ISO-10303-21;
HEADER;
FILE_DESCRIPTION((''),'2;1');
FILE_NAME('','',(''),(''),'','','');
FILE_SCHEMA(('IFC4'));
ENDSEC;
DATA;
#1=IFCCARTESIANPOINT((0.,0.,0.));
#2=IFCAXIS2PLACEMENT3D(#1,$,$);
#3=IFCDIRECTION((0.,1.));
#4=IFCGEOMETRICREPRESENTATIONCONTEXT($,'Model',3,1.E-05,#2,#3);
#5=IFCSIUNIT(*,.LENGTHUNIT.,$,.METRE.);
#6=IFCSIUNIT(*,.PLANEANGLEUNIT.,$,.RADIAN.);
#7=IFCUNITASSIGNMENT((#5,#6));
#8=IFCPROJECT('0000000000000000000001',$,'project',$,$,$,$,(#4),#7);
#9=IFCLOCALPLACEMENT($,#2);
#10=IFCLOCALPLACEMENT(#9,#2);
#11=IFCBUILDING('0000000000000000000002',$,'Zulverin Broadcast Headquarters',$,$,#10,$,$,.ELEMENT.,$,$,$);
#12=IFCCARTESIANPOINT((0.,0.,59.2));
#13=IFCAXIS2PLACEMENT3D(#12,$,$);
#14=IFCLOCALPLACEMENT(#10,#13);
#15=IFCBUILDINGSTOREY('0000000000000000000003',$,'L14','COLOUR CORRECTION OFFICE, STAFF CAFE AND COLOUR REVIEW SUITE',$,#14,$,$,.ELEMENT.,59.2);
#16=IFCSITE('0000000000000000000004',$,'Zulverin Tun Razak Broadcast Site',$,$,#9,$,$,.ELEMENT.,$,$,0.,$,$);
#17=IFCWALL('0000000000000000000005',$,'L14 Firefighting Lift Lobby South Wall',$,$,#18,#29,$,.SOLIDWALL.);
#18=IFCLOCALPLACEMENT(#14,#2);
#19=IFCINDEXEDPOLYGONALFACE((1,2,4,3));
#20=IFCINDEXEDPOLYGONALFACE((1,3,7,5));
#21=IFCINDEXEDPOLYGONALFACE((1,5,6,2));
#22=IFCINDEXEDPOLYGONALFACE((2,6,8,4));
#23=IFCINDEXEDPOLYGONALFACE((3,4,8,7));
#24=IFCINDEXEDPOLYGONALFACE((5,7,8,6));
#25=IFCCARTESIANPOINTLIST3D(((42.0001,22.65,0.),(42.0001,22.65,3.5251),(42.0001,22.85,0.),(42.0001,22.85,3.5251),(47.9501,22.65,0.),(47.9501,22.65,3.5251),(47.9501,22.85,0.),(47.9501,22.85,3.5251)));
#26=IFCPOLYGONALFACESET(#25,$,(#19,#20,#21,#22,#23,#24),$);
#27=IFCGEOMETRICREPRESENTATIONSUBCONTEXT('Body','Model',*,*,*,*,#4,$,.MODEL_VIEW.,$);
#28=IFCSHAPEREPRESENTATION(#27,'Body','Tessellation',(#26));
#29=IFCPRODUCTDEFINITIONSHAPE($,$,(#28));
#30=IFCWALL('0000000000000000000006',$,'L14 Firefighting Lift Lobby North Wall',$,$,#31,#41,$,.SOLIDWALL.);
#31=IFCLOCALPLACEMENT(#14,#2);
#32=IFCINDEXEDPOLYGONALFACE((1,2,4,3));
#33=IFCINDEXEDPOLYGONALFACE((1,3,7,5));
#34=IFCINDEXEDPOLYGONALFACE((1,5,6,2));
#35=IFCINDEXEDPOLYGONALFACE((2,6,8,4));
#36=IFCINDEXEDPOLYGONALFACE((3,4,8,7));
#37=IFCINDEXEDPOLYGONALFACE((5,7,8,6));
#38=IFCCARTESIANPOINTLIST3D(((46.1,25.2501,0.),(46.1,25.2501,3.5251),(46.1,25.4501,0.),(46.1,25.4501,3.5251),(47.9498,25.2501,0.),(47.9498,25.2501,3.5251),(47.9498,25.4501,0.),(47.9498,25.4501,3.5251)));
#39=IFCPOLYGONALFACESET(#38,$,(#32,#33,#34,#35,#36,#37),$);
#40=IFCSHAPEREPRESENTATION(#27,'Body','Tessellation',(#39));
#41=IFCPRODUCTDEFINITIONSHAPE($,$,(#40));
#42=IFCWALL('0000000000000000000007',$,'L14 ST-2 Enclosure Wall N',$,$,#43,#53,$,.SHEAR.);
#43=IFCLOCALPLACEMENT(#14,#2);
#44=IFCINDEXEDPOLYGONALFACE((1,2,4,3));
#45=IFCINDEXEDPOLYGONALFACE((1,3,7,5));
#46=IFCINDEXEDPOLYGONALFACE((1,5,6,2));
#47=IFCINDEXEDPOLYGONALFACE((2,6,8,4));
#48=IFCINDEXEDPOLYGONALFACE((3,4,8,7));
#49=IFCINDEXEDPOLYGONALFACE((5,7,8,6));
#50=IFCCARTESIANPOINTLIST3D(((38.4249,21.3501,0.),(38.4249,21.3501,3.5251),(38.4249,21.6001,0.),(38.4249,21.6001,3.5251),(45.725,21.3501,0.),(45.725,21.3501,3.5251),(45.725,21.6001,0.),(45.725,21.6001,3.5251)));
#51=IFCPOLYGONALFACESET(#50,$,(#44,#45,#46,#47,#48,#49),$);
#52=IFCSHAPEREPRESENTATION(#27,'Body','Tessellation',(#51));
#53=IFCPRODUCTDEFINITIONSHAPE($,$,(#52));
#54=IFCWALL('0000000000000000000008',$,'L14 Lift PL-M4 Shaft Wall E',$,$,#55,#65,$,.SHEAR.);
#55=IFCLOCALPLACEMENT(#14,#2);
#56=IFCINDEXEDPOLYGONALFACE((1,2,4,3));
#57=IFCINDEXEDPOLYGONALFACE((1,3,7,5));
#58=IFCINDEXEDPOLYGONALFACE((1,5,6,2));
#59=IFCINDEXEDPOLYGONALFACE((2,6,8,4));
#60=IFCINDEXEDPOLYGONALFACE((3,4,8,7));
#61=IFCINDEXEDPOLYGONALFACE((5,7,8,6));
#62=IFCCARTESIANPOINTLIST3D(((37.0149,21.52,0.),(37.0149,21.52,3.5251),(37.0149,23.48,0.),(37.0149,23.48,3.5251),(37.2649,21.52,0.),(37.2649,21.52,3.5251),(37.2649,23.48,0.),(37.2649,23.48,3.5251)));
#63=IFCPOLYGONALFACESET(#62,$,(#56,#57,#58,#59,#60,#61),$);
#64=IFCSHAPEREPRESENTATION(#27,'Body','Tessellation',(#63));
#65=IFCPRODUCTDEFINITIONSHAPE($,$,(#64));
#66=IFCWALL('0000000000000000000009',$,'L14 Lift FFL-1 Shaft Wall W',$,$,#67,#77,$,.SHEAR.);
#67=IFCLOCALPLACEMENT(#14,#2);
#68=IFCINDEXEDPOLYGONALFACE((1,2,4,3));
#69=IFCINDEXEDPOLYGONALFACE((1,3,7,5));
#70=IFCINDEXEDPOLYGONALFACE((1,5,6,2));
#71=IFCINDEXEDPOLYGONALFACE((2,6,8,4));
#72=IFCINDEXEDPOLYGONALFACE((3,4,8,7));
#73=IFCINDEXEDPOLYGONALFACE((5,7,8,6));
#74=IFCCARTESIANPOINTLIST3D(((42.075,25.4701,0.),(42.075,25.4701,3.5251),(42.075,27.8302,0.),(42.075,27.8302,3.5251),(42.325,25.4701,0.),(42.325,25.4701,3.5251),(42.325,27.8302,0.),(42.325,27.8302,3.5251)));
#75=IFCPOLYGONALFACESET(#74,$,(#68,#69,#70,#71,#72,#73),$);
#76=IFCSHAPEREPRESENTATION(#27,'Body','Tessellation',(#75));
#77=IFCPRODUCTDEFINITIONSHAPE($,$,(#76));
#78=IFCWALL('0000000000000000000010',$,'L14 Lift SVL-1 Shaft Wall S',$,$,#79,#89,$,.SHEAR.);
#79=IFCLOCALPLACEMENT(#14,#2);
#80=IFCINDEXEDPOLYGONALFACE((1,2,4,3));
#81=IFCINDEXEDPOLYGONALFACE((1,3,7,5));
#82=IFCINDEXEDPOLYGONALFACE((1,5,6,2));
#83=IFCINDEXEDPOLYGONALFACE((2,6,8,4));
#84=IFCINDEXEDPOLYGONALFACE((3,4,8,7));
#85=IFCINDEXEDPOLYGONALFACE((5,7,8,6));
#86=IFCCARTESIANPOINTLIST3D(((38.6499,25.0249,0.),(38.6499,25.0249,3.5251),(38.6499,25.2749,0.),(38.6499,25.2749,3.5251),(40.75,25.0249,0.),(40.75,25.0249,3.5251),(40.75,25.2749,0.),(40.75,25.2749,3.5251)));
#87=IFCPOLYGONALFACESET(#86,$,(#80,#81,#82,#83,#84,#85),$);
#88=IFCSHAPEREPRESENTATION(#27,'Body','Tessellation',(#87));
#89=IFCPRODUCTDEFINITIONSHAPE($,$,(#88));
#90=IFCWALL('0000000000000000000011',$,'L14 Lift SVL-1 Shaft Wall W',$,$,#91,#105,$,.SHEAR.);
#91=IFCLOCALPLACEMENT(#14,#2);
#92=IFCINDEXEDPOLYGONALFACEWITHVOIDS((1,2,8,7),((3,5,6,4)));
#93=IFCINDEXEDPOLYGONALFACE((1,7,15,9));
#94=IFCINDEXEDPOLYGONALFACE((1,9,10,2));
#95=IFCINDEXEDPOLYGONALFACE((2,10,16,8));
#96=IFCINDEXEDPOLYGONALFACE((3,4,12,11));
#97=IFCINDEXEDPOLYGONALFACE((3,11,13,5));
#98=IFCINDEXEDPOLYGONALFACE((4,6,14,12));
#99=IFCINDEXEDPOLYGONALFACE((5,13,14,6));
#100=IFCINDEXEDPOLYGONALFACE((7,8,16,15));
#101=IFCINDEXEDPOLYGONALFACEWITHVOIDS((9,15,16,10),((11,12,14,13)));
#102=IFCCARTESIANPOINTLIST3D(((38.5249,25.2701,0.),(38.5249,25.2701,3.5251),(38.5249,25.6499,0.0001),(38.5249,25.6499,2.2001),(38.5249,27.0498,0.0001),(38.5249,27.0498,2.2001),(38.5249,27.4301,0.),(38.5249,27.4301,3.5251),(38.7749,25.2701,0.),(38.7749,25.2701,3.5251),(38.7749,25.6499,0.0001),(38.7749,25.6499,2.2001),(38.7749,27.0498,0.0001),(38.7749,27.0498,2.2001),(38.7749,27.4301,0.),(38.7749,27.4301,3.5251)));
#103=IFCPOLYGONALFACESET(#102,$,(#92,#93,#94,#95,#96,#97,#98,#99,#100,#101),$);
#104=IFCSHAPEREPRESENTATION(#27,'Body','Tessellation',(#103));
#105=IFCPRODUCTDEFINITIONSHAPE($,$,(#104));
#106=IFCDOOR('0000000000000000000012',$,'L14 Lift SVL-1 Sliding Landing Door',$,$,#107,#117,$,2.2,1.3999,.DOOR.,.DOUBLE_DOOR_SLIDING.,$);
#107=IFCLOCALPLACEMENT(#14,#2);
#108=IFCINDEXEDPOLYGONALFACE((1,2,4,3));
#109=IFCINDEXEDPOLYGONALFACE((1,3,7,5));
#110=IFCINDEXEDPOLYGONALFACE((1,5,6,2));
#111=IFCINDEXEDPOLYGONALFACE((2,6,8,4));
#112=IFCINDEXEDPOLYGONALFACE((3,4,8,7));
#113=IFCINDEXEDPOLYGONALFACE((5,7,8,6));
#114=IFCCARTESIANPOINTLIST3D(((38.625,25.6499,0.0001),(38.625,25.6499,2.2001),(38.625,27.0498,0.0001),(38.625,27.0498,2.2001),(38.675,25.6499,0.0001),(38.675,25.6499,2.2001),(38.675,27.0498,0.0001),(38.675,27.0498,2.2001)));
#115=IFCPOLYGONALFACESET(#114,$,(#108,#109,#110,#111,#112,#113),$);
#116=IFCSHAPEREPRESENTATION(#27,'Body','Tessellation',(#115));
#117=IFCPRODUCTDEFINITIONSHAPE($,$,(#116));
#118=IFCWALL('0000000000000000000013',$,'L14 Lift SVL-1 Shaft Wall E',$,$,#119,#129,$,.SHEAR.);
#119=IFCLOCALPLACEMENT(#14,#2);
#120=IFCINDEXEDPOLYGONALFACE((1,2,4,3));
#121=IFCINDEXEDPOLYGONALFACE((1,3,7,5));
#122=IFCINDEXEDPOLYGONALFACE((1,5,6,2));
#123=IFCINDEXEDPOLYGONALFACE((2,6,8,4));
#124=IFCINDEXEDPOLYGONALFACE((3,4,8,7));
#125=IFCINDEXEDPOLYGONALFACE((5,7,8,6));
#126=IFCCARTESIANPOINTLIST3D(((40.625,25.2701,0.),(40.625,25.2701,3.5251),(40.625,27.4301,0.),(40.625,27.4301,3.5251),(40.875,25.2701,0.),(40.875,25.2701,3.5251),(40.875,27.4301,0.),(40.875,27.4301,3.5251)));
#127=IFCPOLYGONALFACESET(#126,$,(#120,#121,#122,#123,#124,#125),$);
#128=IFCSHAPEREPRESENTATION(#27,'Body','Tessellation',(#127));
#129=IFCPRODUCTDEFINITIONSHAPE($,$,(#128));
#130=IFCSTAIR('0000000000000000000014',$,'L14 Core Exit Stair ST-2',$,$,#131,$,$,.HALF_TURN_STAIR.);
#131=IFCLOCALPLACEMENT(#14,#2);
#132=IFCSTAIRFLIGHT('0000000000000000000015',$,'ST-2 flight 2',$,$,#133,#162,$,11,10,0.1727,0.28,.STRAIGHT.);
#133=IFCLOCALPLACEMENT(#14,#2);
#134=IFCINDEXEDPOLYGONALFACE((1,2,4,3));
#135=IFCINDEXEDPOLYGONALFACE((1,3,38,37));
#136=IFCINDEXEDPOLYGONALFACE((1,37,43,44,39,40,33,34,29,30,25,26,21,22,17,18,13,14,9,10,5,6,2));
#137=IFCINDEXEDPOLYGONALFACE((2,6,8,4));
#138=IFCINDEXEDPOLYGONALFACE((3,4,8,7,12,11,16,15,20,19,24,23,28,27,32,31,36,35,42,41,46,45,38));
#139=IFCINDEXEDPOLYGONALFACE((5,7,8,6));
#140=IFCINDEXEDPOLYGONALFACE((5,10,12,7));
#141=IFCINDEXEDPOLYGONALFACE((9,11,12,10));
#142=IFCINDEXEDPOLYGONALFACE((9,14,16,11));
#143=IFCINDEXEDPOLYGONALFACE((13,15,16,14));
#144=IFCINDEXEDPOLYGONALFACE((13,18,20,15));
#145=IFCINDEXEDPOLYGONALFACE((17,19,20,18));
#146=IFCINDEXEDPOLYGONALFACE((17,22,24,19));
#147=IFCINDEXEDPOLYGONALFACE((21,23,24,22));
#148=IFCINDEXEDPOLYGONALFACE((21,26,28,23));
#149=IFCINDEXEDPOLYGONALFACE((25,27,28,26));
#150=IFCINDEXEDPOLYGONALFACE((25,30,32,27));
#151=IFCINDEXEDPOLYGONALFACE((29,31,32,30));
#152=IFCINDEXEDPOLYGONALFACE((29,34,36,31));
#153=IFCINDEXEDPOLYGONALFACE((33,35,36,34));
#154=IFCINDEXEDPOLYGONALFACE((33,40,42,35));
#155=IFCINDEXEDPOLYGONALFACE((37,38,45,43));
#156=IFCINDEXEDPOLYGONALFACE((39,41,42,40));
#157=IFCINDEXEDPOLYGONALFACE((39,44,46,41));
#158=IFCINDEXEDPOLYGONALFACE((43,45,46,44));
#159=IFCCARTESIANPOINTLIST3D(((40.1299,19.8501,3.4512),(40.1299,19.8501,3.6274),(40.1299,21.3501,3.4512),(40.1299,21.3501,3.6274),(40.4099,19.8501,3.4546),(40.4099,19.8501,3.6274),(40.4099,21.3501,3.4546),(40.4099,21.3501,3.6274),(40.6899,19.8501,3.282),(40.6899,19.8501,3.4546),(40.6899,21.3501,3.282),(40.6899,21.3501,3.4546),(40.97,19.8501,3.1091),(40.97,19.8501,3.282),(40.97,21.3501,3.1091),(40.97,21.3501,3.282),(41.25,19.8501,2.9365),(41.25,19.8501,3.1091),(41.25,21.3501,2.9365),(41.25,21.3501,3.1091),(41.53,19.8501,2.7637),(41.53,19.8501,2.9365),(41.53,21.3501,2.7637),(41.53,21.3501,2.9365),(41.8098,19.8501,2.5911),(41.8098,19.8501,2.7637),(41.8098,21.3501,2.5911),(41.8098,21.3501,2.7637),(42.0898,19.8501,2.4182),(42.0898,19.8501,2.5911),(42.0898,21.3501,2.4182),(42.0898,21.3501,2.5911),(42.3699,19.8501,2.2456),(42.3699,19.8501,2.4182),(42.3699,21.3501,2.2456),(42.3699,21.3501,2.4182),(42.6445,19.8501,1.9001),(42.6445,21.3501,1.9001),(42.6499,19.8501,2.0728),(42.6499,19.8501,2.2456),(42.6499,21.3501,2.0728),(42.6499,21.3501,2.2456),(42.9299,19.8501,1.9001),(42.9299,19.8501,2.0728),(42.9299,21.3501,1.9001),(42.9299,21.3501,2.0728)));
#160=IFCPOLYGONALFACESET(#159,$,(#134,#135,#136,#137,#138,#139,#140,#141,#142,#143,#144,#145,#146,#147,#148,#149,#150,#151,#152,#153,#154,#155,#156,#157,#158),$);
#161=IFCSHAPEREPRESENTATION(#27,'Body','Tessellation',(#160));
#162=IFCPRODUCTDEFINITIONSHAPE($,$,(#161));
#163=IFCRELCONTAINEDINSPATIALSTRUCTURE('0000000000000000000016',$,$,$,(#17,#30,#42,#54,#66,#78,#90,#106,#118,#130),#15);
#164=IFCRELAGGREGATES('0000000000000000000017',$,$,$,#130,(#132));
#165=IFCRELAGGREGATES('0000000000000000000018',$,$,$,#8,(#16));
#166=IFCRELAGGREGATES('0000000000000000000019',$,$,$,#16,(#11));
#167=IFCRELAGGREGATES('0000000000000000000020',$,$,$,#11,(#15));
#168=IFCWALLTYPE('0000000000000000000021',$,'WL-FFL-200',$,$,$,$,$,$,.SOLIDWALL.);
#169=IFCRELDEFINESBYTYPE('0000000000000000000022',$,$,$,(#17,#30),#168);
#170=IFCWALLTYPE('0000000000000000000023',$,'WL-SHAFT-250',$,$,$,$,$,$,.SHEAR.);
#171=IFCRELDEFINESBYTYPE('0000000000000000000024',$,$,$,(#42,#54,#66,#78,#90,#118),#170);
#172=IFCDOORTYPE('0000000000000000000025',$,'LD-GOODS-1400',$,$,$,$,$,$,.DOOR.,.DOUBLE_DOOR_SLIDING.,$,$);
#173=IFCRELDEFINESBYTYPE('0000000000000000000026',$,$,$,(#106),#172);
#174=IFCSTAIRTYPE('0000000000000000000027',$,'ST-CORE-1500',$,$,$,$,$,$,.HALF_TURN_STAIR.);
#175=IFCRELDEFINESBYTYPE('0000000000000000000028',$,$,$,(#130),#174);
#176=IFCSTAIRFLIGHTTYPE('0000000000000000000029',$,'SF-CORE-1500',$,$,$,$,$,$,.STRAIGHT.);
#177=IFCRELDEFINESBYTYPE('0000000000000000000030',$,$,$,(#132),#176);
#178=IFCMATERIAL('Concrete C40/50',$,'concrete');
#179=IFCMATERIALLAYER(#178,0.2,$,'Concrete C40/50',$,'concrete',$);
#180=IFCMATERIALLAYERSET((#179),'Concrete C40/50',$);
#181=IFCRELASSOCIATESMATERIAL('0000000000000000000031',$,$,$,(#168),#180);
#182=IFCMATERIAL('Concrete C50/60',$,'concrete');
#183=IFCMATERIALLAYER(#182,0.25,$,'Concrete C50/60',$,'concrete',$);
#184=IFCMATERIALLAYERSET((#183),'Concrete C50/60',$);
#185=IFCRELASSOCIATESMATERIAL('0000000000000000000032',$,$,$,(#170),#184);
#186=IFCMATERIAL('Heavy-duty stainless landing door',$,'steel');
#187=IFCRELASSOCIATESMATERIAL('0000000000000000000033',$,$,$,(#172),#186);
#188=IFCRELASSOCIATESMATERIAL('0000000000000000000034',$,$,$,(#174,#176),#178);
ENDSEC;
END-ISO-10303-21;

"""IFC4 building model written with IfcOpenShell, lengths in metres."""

from ifc_helpers import new_model, si_unit, direction, frame, frame_2d, origin, place, context, subcontext, project, spatial, polyline, rectangle, outline, extrude, material, layer, layer_set, type_object, element, fill, aggregate, save


model = new_model("IFC4")

# Units and contexts
model_context = context("Model", 3, precision=1e-05, world=origin(), true_north=direction((0.0, 1.0)))
body_context = subcontext(model_context, "Body", "Model", "MODEL_VIEW")
ifc_project = project(units=[si_unit("LENGTHUNIT", "METRE"), si_unit("PLANEANGLEUNIT", "RADIAN")], contexts=[model_context])

# Site, building, storey
site_placement = place(None, origin())
site = spatial("IfcSite", under=ifc_project, at=site_placement, Name="Zulverin Tun Razak Broadcast Site", CompositionType="ELEMENT", RefElevation=0.0)
building_placement = place(site_placement, origin())
building = spatial("IfcBuilding", under=site, at=building_placement, Name="Zulverin Broadcast Headquarters", CompositionType="ELEMENT")
storey_placement = place(building_placement, frame((0.0, 0.0, 59.2)))
storey = spatial("IfcBuildingStorey", under=building, at=storey_placement, Name="L14", Description="COLOUR CORRECTION OFFICE, STAFF CAFE AND COLOUR REVIEW SUITE", CompositionType="ELEMENT", Elevation=59.2)

# Shared definitions
ifc_material_1 = material(Name="Concrete C40/50", Category="concrete")
ifc_layer_1 = layer(ifc_material_1, 0.2, Name="Concrete C40/50", Category="concrete")
ifc_layer_set_1 = layer_set([ifc_layer_1], Name="Concrete C40/50")
wall_type_1 = type_object("IfcWallType", Name="WL-FFL-200", PredefinedType="SOLIDWALL", material=ifc_layer_set_1)

# Walls
wall_1_placement = place(storey_placement, frame((42.0, 22.75, 0.0), z_axis=(0.0, 0.0, 1.0), x_axis=(1.0, 0.0, 0.0)))
element("IfcWall", 1, at=wall_1_placement, inside=storey, type_object=wall_type_1, Name="L14 Firefighting Lift Lobby South Wall", PredefinedType="SOLIDWALL", context=body_context, shape_type="SweptSolid", body=[
    extrude(rectangle(XDim=5.95, YDim=0.2, at=frame_2d((2.9751, 0.0))), origin(), (0.0, 0.0, 1.0), 3.5251),
])
wall_2_placement = place(storey_placement, frame((46.1001, 25.3501, 0.0), z_axis=(0.0, 0.0, 1.0), x_axis=(1.0, 0.0, 0.0)))
element("IfcWall", 2, at=wall_2_placement, inside=storey, type_object=wall_type_1, Name="L14 Firefighting Lift Lobby North Wall", PredefinedType="SOLIDWALL", context=body_context, shape_type="SweptSolid", body=[
    extrude(rectangle(XDim=1.8499, YDim=0.2, at=frame_2d((0.9248, 0.0))), origin(), (0.0, 0.0, 1.0), 3.5251),
])
ifc_material_2 = material(Name="Concrete C50/60", Category="concrete")
ifc_layer_2 = layer(ifc_material_2, 0.25, Name="Concrete C50/60", Category="concrete")
ifc_layer_set_2 = layer_set([ifc_layer_2], Name="Concrete C50/60")
wall_type_2 = type_object("IfcWallType", Name="WL-SHAFT-250", PredefinedType="SHEAR", material=ifc_layer_set_2)
wall_3_placement = place(storey_placement, frame((38.425, 21.4751, 0.0), z_axis=(0.0, 0.0, 1.0), x_axis=(1.0, 0.0, 0.0)))
element("IfcWall", 3, at=wall_3_placement, inside=storey, type_object=wall_type_2, Name="L14 ST-2 Enclosure Wall N", PredefinedType="SHEAR", context=body_context, shape_type="SweptSolid", body=[
    extrude(rectangle(XDim=7.3, YDim=0.25, at=frame_2d((3.6499, 0.0))), origin(), (0.0, 0.0, 1.0), 3.5251),
])
wall_4_placement = place(storey_placement, frame((37.1399, 21.52, 0.0), z_axis=(0.0, 0.0, 1.0), x_axis=(0.0, 1.0, 0.0)))
element("IfcWall", 4, at=wall_4_placement, inside=storey, type_object=wall_type_2, Name="L14 Lift PL-M4 Shaft Wall E", PredefinedType="SHEAR", context=body_context, shape_type="SweptSolid", body=[
    extrude(rectangle(XDim=1.96, YDim=0.25, at=frame_2d((0.98, 0.0))), origin(), (0.0, 0.0, 1.0), 3.5251),
])

# Wall
wall_5_placement = place(storey_placement, frame((42.2, 25.47, 0.0), z_axis=(0.0, 0.0, 1.0), x_axis=(0.0, 1.0, 0.0)))
element("IfcWall", 5, at=wall_5_placement, inside=storey, type_object=wall_type_2, Name="L14 Lift FFL-1 Shaft Wall W", PredefinedType="SHEAR", context=body_context, shape_type="SweptSolid", body=[
    extrude(rectangle(XDim=2.3601, YDim=0.25, at=frame_2d((1.1802, 0.0))), origin(), (0.0, 0.0, 1.0), 3.5251),
])

# Wall
wall_6_placement = place(storey_placement, frame((38.6499, 25.1499, 0.0), z_axis=(0.0, 0.0, 1.0), x_axis=(1.0, 0.0, 0.0)))
element("IfcWall", 6, at=wall_6_placement, inside=storey, type_object=wall_type_2, Name="L14 Lift SVL-1 Shaft Wall S", PredefinedType="SHEAR", context=body_context, shape_type="SweptSolid", body=[
    extrude(rectangle(XDim=2.1001, YDim=0.25, at=frame_2d((1.05, 0.0))), origin(), (0.0, 0.0, 1.0), 3.5251),
])

# Wall, opening, door
wall_7_placement = place(storey_placement, frame((38.6499, 25.27, 0.0), z_axis=(0.0, 0.0, 1.0), x_axis=(0.0, 1.0, 0.0)))
wall_7 = element("IfcWall", 7, at=wall_7_placement, inside=storey, type_object=wall_type_2, Name="L14 Lift SVL-1 Shaft Wall W", PredefinedType="SHEAR", context=body_context, shape_type="SweptSolid", body=[
    extrude(rectangle(XDim=2.1599, YDim=0.25, at=frame_2d((1.0801, 0.0))), origin(), (0.0, 0.0, 1.0), 3.5251),
])
opening_1_placement = place(wall_7_placement, frame((0.3799, 0.0, 0.0)))
opening_1 = element("IfcOpeningElement", 8, at=opening_1_placement, cuts=wall_7, PredefinedType="OPENING", context=body_context, shape_type="SweptSolid", body=[
    extrude(rectangle(XDim=1.3999, YDim=2.2, at=frame_2d((0.7, 1.1001))), frame((0.0, 0.135, 0.0), z_axis=(0.0, -1.0, 0.0), x_axis=(1.0, 0.0, 0.0)), (0.0, 0.0, 1.0), 0.27),
])
ifc_material_3 = material(Name="Heavy-duty stainless landing door", Category="steel")
door_type_1 = type_object("IfcDoorType", Name="LD-GOODS-1400", OperationType="DOUBLE_DOOR_SLIDING", PredefinedType="DOOR", material=ifc_material_3)
door_1_placement = place(opening_1_placement, origin())
door_1 = element("IfcDoor", 9, at=door_1_placement, inside=storey, type_object=door_type_1, Name="L14 Lift SVL-1 Sliding Landing Door", OperationType="DOUBLE_DOOR_SLIDING", OverallHeight=2.2, OverallWidth=1.3999, PredefinedType="DOOR", context=body_context, shape_type="SweptSolid", body=[
    extrude(rectangle(XDim=1.3999, YDim=2.2, at=frame_2d((0.7, 1.1001))), frame((0.0, 0.0249, 0.0), z_axis=(0.0, -1.0, 0.0), x_axis=(1.0, 0.0, 0.0)), (0.0, 0.0, 1.0), 0.05),
])
fill(opening_1, door_1)

# Wall
wall_8_placement = place(storey_placement, frame((40.75, 25.27, 0.0), z_axis=(0.0, 0.0, 1.0), x_axis=(0.0, 1.0, 0.0)))
element("IfcWall", 10, at=wall_8_placement, inside=storey, type_object=wall_type_2, Name="L14 Lift SVL-1 Shaft Wall E", PredefinedType="SHEAR", context=body_context, shape_type="SweptSolid", body=[
    extrude(rectangle(XDim=2.1599, YDim=0.25, at=frame_2d((1.0801, 0.0))), origin(), (0.0, 0.0, 1.0), 3.5251),
])

# Stair, stair flight
stair_type = type_object("IfcStairType", Name="ST-CORE-1500", PredefinedType="HALF_TURN_STAIR", material=ifc_material_1)
stair_placement = place(storey_placement, origin())
stair = element("IfcStair", 11, at=stair_placement, inside=storey, type_object=stair_type, Name="L14 Core Exit Stair ST-2", PredefinedType="HALF_TURN_STAIR")
stair_flight_type = type_object("IfcStairFlightType", Name="SF-CORE-1500", PredefinedType="STRAIGHT", material=ifc_material_1)
stair_flight_placement = place(storey_placement, frame((42.9299, 20.6001, 1.9001), z_axis=(0.0, 0.0, 1.0), x_axis=(-1.0, 0.0, 0.0)))
stair_flight = element("IfcStairFlight", 12, at=stair_flight_placement, type_object=stair_flight_type, Name="ST-2 flight 2", NumberOfRisers=11, NumberOfTreads=10, PredefinedType="STRAIGHT", RiserHeight=0.1727, TreadLength=0.28, context=body_context, shape_type="SweptSolid", body=[
    extrude(outline(polyline([(0.0, 0.0), (0.0, 0.1726), (0.28, 0.1726), (0.28, 0.3455), (0.5601, 0.3455), (0.5601, 0.5181), (0.8401, 0.5181), (0.8401, 0.6909), (1.1201, 0.6909), (1.1201, 0.8635), (1.3999, 0.8635), (1.3999, 1.0364), (1.6799, 1.0364), (1.6799, 1.209), (1.96, 1.209), (1.96, 1.3818), (2.24, 1.3818), (2.24, 1.5544), (2.52, 1.5544), (2.52, 1.7273), (2.8, 1.7273), (2.8, 1.8999), (2.8, 1.551), (0.2854, 0.0), (0.0, 0.0)])), frame((0.0, 0.75, 0.0), z_axis=(0.0, -1.0, 0.0), x_axis=(1.0, 0.0, 0.0)), (0.0, 0.0, 1.0), 1.5),
])
aggregate(stair, [stair_flight])

save(model, "model.ifc")
